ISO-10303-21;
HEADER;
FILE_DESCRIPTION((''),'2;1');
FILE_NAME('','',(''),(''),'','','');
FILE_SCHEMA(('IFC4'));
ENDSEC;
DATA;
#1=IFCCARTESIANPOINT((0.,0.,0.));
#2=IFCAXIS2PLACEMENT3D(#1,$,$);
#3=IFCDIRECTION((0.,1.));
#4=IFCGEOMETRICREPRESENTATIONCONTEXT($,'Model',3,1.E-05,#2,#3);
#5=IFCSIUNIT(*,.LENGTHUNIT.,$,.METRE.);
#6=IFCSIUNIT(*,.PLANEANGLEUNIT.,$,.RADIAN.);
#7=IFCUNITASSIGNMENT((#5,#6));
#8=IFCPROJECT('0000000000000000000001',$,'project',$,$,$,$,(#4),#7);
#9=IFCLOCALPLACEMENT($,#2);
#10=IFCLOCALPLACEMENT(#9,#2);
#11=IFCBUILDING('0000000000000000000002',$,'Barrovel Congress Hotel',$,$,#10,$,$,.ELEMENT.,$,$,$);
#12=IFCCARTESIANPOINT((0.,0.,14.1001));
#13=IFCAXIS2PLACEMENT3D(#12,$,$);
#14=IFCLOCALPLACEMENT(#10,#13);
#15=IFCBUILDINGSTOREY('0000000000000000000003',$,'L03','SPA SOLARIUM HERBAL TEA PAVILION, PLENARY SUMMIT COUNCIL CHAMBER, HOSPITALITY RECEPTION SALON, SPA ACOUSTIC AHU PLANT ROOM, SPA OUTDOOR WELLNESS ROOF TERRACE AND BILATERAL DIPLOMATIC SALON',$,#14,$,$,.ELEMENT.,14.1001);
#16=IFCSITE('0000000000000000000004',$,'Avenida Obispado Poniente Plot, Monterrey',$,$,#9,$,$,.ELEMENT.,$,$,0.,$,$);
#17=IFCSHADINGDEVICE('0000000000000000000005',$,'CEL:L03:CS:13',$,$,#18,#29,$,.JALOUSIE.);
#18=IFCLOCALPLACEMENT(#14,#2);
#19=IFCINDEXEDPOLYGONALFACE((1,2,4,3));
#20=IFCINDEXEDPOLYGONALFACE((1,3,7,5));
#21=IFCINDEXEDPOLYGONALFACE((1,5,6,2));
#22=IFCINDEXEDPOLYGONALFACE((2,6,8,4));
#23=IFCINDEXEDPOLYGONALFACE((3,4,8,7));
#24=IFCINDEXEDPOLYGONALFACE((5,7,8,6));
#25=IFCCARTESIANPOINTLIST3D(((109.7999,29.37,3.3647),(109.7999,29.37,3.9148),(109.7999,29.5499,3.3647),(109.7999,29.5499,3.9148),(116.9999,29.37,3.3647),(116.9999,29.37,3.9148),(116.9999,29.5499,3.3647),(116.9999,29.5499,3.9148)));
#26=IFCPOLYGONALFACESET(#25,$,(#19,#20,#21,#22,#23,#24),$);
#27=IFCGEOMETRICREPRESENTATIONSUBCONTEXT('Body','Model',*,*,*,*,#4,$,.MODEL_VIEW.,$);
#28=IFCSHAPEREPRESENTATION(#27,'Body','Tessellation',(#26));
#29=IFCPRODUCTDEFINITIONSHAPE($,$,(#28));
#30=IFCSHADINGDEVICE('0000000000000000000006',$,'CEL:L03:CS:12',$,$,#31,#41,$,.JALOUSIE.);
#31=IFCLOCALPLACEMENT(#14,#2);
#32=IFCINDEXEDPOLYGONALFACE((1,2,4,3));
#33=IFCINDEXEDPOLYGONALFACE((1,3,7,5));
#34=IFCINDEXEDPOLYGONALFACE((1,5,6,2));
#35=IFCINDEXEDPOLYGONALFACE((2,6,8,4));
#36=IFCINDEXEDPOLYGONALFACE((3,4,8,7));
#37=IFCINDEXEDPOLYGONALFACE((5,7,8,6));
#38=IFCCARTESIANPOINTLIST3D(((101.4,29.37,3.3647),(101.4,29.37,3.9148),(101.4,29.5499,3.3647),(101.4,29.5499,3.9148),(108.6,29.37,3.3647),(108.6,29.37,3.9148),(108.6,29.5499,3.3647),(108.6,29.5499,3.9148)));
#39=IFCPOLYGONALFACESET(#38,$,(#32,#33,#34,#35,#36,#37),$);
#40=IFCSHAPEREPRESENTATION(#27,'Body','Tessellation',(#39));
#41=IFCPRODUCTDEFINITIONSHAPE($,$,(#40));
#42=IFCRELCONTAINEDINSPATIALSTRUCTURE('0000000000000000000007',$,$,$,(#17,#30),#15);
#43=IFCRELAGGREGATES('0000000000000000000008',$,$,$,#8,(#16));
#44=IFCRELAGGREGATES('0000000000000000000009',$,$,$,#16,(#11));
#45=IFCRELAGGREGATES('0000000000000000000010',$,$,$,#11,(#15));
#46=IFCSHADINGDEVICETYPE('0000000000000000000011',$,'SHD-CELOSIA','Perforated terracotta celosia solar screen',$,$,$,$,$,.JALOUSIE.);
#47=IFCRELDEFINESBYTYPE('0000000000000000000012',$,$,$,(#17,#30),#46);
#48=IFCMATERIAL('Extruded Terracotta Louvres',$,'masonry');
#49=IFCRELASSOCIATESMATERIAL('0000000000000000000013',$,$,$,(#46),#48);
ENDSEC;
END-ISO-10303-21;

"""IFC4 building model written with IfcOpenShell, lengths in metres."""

from ifc_helpers import new_model, si_unit, direction, frame, origin, origin_2d, place, context, subcontext, project, spatial, rectangle, extrude, material, type_object, element, save


model = new_model("IFC4")

# Units and contexts
model_context = context("Model", 3, precision=1e-05, world=origin(), true_north=direction((0.0, 1.0)))
body_context = subcontext(model_context, "Body", "Model", "MODEL_VIEW")
ifc_project = project(units=[si_unit("LENGTHUNIT", "METRE"), si_unit("PLANEANGLEUNIT", "RADIAN")], contexts=[model_context])

# Site, building, storey
site_placement = place(None, origin())
site = spatial("IfcSite", under=ifc_project, at=site_placement, Name="Avenida Obispado Poniente Plot, Monterrey", CompositionType="ELEMENT", RefElevation=0.0)
building_placement = place(site_placement, origin())
building = spatial("IfcBuilding", under=site, at=building_placement, Name="Barrovel Congress Hotel", CompositionType="ELEMENT")
storey_placement = place(building_placement, frame((0.0, 0.0, 14.1001)))
storey = spatial("IfcBuildingStorey", under=building, at=storey_placement, Name="L03", Description="SPA SOLARIUM HERBAL TEA PAVILION, PLENARY SUMMIT COUNCIL CHAMBER, HOSPITALITY RECEPTION SALON, SPA ACOUSTIC AHU PLANT ROOM, SPA OUTDOOR WELLNESS ROOF TERRACE AND BILATERAL DIPLOMATIC SALON", CompositionType="ELEMENT", Elevation=14.1001)

# Shading devices
ifc_material_1 = material(Name="Extruded Terracotta Louvres", Category="masonry")
shading_device_type = type_object("IfcShadingDeviceType", Name="SHD-CELOSIA", Description="Perforated terracotta celosia solar screen", PredefinedType="JALOUSIE", material=ifc_material_1)
for number, where, z_axis, x_axis, name in (
    (1, (113.3999, 29.46, 3.3647), (0.0, 0.0, 1.0), (1.0, 0.0, 0.0), "CEL:L03:CS:13"),
    (2, (105.0, 29.46, 3.3647), (0.0, 0.0, 1.0), (1.0, 0.0, 0.0), "CEL:L03:CS:12"),
):
    element("IfcShadingDevice", number, at=place(storey_placement, frame(where, z_axis=z_axis, x_axis=x_axis)), inside=storey, type_object=shading_device_type, Name=name, PredefinedType="JALOUSIE", context=body_context, shape_type="SweptSolid", body=[
        extrude(rectangle(XDim=7.2, YDim=0.1799, at=origin_2d()), origin(), (0.0, 0.0, 1.0), 0.55),
    ])

save(model, "model.ifc")
